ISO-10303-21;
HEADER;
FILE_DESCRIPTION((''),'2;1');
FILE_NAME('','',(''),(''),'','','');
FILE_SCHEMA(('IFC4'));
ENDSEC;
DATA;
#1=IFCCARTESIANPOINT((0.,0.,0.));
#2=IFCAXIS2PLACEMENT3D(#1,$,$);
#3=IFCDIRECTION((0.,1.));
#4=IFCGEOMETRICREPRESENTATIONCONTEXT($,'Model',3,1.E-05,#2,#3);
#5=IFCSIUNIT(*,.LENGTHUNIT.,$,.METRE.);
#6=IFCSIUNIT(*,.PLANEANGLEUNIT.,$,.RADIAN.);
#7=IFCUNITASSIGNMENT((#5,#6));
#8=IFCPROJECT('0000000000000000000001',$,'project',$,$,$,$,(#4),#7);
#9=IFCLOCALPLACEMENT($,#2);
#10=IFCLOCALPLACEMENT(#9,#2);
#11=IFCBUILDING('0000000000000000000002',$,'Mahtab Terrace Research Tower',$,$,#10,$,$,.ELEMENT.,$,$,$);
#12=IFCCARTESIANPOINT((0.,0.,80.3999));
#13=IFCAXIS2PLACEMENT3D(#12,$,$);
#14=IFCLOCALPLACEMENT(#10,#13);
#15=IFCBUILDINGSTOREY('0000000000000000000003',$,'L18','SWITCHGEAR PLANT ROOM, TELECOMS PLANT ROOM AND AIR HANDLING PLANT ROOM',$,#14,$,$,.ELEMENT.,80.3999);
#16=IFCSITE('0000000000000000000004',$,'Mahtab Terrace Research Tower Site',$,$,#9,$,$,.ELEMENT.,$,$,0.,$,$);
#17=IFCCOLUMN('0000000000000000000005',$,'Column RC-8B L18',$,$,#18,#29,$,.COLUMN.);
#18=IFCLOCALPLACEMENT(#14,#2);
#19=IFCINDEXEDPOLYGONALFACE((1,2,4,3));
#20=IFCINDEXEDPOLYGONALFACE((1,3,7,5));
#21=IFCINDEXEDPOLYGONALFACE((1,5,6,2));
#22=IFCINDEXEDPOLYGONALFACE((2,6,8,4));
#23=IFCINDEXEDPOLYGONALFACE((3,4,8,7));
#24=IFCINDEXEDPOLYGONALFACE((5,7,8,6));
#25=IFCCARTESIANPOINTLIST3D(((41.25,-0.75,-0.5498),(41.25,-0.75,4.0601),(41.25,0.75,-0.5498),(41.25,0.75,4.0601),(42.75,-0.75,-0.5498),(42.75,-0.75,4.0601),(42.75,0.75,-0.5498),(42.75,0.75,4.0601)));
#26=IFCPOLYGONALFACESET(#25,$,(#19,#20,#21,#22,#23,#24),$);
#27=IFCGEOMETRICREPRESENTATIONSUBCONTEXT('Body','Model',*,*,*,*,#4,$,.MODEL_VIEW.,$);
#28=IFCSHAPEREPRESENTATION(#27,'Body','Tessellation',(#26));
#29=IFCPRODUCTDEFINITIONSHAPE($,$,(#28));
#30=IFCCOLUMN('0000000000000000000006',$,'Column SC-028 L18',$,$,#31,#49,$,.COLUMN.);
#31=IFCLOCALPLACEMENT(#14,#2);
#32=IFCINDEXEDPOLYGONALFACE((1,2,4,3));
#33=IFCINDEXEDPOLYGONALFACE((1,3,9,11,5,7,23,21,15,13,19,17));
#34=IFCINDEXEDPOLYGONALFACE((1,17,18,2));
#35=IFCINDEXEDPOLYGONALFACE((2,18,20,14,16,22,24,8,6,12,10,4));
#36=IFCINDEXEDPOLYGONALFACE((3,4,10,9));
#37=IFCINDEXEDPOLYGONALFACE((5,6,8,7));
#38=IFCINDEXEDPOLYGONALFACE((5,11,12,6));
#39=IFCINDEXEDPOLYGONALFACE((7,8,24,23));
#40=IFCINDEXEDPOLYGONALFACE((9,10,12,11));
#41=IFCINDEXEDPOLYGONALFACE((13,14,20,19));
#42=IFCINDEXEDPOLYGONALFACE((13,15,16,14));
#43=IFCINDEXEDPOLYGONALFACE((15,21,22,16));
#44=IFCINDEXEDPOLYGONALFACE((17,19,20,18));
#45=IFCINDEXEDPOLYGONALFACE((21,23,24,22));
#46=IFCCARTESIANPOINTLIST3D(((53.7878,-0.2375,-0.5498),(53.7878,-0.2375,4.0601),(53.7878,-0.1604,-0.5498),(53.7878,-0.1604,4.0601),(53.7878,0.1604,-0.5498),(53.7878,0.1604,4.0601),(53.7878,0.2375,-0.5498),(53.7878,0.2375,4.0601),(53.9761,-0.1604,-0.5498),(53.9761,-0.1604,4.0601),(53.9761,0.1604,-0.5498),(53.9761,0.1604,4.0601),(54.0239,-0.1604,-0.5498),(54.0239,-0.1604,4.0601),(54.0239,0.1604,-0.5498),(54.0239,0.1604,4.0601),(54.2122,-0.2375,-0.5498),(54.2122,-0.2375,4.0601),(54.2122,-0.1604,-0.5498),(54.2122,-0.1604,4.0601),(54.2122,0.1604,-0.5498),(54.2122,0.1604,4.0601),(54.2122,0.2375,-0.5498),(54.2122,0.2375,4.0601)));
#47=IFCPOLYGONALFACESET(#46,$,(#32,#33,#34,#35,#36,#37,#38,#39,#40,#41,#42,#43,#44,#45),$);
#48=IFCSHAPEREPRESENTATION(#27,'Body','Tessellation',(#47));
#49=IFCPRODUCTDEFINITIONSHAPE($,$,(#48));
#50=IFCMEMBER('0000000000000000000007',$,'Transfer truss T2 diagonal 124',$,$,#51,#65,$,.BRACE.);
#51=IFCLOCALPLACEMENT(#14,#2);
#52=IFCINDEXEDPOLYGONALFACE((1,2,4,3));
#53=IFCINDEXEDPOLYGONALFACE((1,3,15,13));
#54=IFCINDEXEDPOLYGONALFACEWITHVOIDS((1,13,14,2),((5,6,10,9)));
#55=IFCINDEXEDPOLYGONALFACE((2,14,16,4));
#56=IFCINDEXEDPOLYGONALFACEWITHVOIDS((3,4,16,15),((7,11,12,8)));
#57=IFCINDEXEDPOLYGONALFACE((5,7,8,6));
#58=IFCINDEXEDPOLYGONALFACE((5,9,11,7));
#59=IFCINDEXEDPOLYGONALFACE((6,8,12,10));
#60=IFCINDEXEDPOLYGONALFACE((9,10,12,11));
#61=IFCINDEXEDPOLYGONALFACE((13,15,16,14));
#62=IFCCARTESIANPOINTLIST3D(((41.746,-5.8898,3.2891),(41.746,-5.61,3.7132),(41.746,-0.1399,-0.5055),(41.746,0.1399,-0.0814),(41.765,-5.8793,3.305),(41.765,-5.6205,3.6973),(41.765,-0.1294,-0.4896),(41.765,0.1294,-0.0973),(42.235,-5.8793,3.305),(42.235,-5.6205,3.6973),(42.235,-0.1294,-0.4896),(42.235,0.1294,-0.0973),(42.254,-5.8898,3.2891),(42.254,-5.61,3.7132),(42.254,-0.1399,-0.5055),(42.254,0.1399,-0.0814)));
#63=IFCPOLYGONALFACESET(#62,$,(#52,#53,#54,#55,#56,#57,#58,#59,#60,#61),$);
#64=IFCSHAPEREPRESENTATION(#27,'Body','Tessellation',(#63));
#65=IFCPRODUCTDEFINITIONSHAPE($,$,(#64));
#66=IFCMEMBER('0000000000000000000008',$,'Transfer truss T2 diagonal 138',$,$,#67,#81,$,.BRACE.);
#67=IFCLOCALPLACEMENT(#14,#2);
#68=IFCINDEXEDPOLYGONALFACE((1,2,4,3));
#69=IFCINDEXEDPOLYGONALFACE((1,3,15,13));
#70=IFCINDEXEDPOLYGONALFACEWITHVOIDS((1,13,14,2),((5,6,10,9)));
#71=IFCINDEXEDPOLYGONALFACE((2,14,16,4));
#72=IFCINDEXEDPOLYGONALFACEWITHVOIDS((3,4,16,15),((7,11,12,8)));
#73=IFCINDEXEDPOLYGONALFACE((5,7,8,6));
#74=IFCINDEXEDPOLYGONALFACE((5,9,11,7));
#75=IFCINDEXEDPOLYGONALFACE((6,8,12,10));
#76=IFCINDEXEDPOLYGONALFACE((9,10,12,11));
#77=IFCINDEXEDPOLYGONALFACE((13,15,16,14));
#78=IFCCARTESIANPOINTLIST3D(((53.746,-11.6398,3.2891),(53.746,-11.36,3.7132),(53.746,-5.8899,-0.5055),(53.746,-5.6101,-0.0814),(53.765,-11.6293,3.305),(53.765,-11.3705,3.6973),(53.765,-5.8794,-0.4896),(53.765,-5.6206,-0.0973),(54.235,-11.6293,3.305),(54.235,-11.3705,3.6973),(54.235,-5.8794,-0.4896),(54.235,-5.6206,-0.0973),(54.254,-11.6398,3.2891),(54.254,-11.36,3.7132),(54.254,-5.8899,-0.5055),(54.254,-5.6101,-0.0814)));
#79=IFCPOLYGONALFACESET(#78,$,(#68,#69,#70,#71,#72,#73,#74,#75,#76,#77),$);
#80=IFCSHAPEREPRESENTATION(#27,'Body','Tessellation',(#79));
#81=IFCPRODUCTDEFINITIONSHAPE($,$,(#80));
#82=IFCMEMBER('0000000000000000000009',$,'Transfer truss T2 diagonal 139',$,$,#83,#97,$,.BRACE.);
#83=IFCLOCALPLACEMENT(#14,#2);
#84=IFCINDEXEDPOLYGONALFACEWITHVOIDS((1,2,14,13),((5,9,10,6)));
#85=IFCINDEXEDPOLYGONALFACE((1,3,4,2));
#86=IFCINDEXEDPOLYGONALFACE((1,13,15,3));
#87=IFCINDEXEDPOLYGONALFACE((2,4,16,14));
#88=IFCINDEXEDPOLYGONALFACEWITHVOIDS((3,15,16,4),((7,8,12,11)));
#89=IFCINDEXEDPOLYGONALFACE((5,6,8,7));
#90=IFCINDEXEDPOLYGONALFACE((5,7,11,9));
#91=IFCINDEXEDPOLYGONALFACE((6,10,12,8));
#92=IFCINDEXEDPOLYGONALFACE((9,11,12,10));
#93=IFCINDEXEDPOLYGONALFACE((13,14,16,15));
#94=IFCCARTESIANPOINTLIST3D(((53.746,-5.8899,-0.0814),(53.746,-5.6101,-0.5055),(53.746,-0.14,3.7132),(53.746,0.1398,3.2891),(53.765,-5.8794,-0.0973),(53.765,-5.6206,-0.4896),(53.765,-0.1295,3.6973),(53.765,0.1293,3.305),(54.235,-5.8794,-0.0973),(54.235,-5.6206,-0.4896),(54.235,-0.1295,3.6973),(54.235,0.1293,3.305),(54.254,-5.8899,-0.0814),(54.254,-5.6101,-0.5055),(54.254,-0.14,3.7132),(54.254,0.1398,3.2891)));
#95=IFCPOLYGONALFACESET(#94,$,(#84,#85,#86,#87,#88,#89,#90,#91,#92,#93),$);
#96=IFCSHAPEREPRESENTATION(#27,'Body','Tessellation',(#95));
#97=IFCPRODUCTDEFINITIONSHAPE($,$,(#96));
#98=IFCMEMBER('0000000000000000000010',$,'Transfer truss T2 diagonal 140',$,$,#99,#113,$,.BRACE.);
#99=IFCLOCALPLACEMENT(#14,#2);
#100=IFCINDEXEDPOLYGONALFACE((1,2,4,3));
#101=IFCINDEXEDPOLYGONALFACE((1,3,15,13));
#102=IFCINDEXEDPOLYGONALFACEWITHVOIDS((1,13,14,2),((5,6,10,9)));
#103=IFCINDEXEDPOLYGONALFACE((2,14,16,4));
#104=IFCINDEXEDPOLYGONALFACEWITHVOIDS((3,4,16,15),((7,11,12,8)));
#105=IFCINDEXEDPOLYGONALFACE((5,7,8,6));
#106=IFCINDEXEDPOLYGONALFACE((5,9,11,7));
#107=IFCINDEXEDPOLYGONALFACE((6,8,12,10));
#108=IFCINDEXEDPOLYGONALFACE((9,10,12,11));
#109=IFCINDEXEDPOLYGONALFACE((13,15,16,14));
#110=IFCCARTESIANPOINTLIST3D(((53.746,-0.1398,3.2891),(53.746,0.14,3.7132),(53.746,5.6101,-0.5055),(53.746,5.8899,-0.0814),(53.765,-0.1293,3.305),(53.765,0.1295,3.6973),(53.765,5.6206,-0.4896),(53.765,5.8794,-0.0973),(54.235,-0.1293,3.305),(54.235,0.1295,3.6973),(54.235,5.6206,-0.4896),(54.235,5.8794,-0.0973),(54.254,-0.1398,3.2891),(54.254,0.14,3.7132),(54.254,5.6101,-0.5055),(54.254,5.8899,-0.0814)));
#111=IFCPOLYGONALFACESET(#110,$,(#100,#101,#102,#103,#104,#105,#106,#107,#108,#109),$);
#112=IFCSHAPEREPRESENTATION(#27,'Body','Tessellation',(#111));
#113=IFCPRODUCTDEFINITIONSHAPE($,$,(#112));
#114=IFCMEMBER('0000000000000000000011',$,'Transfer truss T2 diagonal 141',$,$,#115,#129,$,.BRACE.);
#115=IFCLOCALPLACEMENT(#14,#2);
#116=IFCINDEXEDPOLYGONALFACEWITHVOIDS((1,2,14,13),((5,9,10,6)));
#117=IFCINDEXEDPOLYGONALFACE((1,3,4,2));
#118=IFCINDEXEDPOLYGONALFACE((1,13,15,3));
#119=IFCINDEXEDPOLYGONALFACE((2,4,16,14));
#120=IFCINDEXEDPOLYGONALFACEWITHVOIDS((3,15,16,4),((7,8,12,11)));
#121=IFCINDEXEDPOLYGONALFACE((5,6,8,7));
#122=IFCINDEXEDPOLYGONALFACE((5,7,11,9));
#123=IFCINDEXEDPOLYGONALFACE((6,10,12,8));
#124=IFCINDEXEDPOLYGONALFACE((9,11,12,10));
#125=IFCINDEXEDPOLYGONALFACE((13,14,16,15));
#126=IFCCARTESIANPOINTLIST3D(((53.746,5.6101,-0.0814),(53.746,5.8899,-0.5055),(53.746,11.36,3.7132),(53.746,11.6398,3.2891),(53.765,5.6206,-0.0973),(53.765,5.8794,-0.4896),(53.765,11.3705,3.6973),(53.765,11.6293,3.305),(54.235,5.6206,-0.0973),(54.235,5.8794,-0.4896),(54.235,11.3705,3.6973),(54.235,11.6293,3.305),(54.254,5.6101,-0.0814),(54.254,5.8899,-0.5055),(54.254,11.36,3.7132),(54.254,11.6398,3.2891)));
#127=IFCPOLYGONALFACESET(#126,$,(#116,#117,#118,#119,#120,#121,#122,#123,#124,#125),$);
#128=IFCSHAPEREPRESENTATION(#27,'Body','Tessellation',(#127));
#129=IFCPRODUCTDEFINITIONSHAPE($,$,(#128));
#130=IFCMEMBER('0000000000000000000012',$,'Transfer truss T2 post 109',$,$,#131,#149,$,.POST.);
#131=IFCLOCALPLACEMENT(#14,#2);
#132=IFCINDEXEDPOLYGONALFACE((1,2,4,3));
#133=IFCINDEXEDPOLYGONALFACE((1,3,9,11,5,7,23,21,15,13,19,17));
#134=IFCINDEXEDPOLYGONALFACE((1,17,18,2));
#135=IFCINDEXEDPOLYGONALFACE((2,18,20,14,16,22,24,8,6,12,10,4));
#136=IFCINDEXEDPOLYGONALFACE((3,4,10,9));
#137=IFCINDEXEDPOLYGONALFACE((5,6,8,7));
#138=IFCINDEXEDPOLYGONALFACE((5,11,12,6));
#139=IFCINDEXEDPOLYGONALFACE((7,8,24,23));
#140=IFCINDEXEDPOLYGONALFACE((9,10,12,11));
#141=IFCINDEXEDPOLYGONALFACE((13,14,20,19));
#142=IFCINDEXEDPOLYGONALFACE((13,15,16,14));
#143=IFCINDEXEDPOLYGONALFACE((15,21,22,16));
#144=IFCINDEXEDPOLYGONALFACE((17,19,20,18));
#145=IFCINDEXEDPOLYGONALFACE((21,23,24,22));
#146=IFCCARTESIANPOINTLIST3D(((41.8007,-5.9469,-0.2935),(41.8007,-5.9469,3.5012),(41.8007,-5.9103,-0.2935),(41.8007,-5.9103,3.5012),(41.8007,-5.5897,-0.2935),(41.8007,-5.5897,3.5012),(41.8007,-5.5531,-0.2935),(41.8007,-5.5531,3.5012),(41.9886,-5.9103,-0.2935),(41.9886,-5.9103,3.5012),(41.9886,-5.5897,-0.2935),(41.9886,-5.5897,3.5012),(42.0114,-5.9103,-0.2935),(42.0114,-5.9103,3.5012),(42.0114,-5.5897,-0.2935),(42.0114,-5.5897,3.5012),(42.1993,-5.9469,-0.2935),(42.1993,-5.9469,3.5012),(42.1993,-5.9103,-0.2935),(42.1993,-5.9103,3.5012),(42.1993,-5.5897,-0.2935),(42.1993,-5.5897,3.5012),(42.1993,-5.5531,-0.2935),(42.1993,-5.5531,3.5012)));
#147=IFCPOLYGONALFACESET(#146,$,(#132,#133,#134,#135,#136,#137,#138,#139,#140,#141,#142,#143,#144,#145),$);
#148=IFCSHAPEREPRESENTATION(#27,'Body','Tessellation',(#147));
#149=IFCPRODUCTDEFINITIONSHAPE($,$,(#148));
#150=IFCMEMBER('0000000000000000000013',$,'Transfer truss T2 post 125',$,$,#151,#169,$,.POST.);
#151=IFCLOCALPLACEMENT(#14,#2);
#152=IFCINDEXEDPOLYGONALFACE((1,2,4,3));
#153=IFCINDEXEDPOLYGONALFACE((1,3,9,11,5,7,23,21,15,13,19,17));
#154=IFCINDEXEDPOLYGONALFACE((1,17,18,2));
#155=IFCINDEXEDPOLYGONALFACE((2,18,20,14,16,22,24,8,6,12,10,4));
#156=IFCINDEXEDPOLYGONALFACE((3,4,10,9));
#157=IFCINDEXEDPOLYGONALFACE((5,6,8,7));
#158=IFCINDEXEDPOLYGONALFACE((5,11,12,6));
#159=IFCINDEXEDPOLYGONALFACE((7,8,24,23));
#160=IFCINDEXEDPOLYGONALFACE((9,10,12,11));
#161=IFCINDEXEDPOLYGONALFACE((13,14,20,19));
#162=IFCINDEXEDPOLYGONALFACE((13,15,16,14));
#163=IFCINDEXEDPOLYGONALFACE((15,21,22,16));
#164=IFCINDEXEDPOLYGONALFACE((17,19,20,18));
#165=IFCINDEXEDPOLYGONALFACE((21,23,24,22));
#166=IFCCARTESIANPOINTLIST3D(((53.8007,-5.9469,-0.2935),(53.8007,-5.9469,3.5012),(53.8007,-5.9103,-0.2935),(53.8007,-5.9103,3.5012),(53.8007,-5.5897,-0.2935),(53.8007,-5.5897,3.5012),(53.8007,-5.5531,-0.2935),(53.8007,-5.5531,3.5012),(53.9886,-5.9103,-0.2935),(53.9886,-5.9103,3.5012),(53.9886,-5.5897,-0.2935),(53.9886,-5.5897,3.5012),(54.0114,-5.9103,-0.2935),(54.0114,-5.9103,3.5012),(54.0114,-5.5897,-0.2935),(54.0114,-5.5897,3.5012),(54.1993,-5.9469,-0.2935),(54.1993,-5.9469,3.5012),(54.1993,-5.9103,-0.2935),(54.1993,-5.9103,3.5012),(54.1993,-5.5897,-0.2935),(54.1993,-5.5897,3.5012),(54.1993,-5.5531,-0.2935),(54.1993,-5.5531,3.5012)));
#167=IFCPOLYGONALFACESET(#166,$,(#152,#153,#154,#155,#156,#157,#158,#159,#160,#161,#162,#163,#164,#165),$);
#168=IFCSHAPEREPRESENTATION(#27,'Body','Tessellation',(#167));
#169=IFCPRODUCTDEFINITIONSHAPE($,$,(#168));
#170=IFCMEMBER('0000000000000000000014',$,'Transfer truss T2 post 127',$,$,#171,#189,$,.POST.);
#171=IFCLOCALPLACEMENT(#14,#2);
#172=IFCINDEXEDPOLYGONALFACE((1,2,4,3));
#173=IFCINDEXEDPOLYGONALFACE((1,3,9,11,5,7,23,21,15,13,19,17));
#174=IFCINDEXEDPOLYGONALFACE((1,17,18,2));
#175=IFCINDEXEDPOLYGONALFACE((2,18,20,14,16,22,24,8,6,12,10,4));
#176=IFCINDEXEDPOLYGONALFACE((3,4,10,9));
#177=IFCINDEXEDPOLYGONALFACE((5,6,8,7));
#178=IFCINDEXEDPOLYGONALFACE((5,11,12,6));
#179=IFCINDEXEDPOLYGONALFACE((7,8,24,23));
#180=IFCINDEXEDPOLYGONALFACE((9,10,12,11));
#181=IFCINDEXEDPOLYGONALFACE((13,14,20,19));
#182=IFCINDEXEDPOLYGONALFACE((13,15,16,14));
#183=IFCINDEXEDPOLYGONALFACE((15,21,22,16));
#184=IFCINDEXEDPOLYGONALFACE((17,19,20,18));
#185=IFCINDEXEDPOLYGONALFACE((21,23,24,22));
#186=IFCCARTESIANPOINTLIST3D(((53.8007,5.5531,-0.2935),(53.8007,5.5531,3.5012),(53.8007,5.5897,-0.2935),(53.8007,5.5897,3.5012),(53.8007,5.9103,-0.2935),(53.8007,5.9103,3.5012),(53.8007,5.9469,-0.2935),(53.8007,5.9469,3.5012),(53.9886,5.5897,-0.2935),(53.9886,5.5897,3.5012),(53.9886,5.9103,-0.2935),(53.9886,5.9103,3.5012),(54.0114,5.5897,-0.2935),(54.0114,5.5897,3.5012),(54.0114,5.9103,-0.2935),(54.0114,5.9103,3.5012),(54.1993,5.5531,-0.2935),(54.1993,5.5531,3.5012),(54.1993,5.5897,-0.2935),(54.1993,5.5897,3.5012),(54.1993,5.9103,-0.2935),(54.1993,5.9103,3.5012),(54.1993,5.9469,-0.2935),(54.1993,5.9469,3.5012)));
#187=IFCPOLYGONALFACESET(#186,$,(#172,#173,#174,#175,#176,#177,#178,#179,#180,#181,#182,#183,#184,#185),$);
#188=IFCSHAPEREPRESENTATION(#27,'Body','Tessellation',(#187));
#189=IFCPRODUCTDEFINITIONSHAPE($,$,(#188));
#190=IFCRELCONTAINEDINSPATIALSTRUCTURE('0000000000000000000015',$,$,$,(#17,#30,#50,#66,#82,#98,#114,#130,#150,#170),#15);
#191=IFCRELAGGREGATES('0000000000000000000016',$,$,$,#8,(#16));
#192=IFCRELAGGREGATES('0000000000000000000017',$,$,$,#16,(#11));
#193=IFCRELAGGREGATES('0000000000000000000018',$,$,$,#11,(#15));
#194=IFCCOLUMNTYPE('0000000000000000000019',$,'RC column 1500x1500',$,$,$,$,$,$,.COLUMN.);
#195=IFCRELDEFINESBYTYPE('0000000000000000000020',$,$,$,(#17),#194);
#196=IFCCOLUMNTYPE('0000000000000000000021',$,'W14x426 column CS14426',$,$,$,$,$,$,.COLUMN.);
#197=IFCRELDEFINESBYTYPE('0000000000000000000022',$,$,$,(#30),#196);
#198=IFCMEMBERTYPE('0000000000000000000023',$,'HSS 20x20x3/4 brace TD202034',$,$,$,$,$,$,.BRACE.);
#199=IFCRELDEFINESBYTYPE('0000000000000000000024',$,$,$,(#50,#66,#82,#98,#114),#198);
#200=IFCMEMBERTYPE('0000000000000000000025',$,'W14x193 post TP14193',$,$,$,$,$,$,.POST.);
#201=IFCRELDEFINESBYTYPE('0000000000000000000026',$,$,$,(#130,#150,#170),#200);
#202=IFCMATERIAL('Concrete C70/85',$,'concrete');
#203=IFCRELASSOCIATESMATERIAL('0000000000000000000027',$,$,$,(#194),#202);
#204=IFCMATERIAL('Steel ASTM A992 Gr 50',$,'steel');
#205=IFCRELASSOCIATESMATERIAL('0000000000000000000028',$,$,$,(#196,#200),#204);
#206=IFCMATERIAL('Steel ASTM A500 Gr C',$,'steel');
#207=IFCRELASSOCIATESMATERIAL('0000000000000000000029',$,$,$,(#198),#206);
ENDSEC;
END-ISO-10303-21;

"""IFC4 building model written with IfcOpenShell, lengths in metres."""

from ifc_helpers import new_model, si_unit, direction, frame, origin, origin_2d, place, context, subcontext, project, spatial, rectangle, hollow_rectangle, i_section, extrude, material, material_profile, profile_set, type_object, element, save


model = new_model("IFC4")

# Units and contexts
model_context = context("Model", 3, precision=1e-05, world=origin(), true_north=direction((0.0, 1.0)))
body_context = subcontext(model_context, "Body", "Model", "MODEL_VIEW")
ifc_project = project(units=[si_unit("LENGTHUNIT", "METRE"), si_unit("PLANEANGLEUNIT", "RADIAN")], contexts=[model_context])

# Site, building, storey
site_placement = place(None, origin())
site = spatial("IfcSite", under=ifc_project, at=site_placement, Name="Mahtab Terrace Research Tower Site", CompositionType="ELEMENT", RefElevation=0.0)
building_placement = place(site_placement, origin())
building = spatial("IfcBuilding", under=site, at=building_placement, Name="Mahtab Terrace Research Tower", CompositionType="ELEMENT")
storey_placement = place(building_placement, frame((0.0, 0.0, 80.3999)))
storey = spatial("IfcBuildingStorey", under=building, at=storey_placement, Name="L18", Description="SWITCHGEAR PLANT ROOM, TELECOMS PLANT ROOM AND AIR HANDLING PLANT ROOM", CompositionType="ELEMENT", Elevation=80.3999)

# Columns
ifc_material_1 = material(Name="Concrete C70/85", Category="concrete")
ifc_material_profile_1 = material_profile(ifc_material_1, rectangle(XDim=1.5, YDim=1.5, at=origin_2d()), Name="RC column 1500x1500")
ifc_profile_set_1 = profile_set([ifc_material_profile_1], Name="Concrete C70/85")
column_type_1 = type_object("IfcColumnType", Name="RC column 1500x1500", PredefinedType="COLUMN", material=ifc_profile_set_1)
column_1_placement = place(storey_placement, frame((42.0, 0.0, -0.5498), z_axis=(0.0, 0.0, 1.0), x_axis=(1.0, 0.0, 0.0)))
element("IfcColumn", 1, at=column_1_placement, inside=storey, type_object=column_type_1, Name="Column RC-8B L18", PredefinedType="COLUMN", context=body_context, shape_type="SweptSolid", body=[
    extrude(rectangle(XDim=1.5, YDim=1.5, at=origin_2d()), origin(), (0.0, 0.0, 1.0), 4.6099),
])
ifc_material_2 = material(Name="Steel ASTM A992 Gr 50", Category="steel")
ifc_material_profile_2 = material_profile(ifc_material_2, i_section(OverallWidth=0.4243, OverallDepth=0.4751, WebThickness=0.0479, FlangeThickness=0.0771, at=origin_2d()), Name="W14X426")
ifc_profile_set_2 = profile_set([ifc_material_profile_2], Name="Steel ASTM A992 Gr 50")
column_type_2 = type_object("IfcColumnType", Name="W14x426 column CS14426", PredefinedType="COLUMN", material=ifc_profile_set_2)
column_2_placement = place(storey_placement, frame((54.0, 0.0, -0.5498), z_axis=(0.0, 0.0, 1.0), x_axis=(1.0, 0.0, 0.0)))
element("IfcColumn", 2, at=column_2_placement, inside=storey, type_object=column_type_2, Name="Column SC-028 L18", PredefinedType="COLUMN", context=body_context, shape_type="SweptSolid", body=[
    extrude(i_section(OverallWidth=0.4243, OverallDepth=0.4751, WebThickness=0.0479, FlangeThickness=0.0771, at=origin_2d()), origin(), (0.0, 0.0, 1.0), 4.6099),
])

# Members
ifc_material_3 = material(Name="Steel ASTM A500 Gr C", Category="steel")
ifc_material_profile_3 = material_profile(ifc_material_3, hollow_rectangle(XDim=0.5081, YDim=0.5081, WallThickness=0.019, at=origin_2d()), Name="HSS20X20X3/4")
ifc_profile_set_3 = profile_set([ifc_material_profile_3], Name="Steel ASTM A500 Gr C")
member_type_1 = type_object("IfcMemberType", Name="HSS 20x20x3/4 brace TD202034", PredefinedType="BRACE", material=ifc_profile_set_3)
for number, where, z_axis, x_axis, name in (
    (3, (42.0, 0.0, -0.2935), (0.0, -0.834631, 0.55081), (1.0, 0.0, 0.0), "Transfer truss T2 diagonal 124"),
    (4, (54.0, -5.75, -0.2935), (0.0, -0.834631, 0.55081), (1.0, 0.0, 0.0), "Transfer truss T2 diagonal 138"),
    (5, (54.0, -5.75, -0.2935), (0.0, 0.834631, 0.55081), (-1.0, 0.0, 0.0), "Transfer truss T2 diagonal 139"),
    (6, (54.0, 5.75, -0.2935), (0.0, -0.834631, 0.55081), (1.0, 0.0, 0.0), "Transfer truss T2 diagonal 140"),
    (7, (54.0, 5.75, -0.2935), (0.0, 0.834631, 0.55081), (-1.0, 0.0, 0.0), "Transfer truss T2 diagonal 141"),
):
    element("IfcMember", number, at=place(storey_placement, frame(where, z_axis=z_axis, x_axis=x_axis)), inside=storey, type_object=member_type_1, Name=name, PredefinedType="BRACE", context=body_context, shape_type="SweptSolid", body=[
        extrude(hollow_rectangle(XDim=0.5081, YDim=0.5081, WallThickness=0.019, at=origin_2d()), origin(), (0.0, 0.0, 1.0), 6.8892),
    ])
ifc_material_profile_4 = material_profile(ifc_material_2, i_section(OverallWidth=0.3987, OverallDepth=0.3938, WebThickness=0.0227, FlangeThickness=0.0366, at=origin_2d()), Name="W14X193")
ifc_profile_set_4 = profile_set([ifc_material_profile_4], Name="Steel ASTM A992 Gr 50")
member_type_2 = type_object("IfcMemberType", Name="W14x193 post TP14193", PredefinedType="POST", material=ifc_profile_set_4)
for number, where, z_axis, x_axis, name in (
    (8, (42.0, -5.75, -0.2935), (0.0, 0.0, 1.0), (1.0, 0.0, 0.0), "Transfer truss T2 post 109"),
    (9, (54.0, -5.75, -0.2935), (0.0, 0.0, 1.0), (1.0, 0.0, 0.0), "Transfer truss T2 post 125"),
    (10, (54.0, 5.75, -0.2935), (0.0, 0.0, 1.0), (1.0, 0.0, 0.0), "Transfer truss T2 post 127"),
):
    element("IfcMember", number, at=place(storey_placement, frame(where, z_axis=z_axis, x_axis=x_axis)), inside=storey, type_object=member_type_2, Name=name, PredefinedType="POST", context=body_context, shape_type="SweptSolid", body=[
        extrude(i_section(OverallWidth=0.3987, OverallDepth=0.3938, WebThickness=0.0227, FlangeThickness=0.0366, at=origin_2d()), origin(), (0.0, 0.0, 1.0), 3.7947),
    ])

save(model, "model.ifc")
